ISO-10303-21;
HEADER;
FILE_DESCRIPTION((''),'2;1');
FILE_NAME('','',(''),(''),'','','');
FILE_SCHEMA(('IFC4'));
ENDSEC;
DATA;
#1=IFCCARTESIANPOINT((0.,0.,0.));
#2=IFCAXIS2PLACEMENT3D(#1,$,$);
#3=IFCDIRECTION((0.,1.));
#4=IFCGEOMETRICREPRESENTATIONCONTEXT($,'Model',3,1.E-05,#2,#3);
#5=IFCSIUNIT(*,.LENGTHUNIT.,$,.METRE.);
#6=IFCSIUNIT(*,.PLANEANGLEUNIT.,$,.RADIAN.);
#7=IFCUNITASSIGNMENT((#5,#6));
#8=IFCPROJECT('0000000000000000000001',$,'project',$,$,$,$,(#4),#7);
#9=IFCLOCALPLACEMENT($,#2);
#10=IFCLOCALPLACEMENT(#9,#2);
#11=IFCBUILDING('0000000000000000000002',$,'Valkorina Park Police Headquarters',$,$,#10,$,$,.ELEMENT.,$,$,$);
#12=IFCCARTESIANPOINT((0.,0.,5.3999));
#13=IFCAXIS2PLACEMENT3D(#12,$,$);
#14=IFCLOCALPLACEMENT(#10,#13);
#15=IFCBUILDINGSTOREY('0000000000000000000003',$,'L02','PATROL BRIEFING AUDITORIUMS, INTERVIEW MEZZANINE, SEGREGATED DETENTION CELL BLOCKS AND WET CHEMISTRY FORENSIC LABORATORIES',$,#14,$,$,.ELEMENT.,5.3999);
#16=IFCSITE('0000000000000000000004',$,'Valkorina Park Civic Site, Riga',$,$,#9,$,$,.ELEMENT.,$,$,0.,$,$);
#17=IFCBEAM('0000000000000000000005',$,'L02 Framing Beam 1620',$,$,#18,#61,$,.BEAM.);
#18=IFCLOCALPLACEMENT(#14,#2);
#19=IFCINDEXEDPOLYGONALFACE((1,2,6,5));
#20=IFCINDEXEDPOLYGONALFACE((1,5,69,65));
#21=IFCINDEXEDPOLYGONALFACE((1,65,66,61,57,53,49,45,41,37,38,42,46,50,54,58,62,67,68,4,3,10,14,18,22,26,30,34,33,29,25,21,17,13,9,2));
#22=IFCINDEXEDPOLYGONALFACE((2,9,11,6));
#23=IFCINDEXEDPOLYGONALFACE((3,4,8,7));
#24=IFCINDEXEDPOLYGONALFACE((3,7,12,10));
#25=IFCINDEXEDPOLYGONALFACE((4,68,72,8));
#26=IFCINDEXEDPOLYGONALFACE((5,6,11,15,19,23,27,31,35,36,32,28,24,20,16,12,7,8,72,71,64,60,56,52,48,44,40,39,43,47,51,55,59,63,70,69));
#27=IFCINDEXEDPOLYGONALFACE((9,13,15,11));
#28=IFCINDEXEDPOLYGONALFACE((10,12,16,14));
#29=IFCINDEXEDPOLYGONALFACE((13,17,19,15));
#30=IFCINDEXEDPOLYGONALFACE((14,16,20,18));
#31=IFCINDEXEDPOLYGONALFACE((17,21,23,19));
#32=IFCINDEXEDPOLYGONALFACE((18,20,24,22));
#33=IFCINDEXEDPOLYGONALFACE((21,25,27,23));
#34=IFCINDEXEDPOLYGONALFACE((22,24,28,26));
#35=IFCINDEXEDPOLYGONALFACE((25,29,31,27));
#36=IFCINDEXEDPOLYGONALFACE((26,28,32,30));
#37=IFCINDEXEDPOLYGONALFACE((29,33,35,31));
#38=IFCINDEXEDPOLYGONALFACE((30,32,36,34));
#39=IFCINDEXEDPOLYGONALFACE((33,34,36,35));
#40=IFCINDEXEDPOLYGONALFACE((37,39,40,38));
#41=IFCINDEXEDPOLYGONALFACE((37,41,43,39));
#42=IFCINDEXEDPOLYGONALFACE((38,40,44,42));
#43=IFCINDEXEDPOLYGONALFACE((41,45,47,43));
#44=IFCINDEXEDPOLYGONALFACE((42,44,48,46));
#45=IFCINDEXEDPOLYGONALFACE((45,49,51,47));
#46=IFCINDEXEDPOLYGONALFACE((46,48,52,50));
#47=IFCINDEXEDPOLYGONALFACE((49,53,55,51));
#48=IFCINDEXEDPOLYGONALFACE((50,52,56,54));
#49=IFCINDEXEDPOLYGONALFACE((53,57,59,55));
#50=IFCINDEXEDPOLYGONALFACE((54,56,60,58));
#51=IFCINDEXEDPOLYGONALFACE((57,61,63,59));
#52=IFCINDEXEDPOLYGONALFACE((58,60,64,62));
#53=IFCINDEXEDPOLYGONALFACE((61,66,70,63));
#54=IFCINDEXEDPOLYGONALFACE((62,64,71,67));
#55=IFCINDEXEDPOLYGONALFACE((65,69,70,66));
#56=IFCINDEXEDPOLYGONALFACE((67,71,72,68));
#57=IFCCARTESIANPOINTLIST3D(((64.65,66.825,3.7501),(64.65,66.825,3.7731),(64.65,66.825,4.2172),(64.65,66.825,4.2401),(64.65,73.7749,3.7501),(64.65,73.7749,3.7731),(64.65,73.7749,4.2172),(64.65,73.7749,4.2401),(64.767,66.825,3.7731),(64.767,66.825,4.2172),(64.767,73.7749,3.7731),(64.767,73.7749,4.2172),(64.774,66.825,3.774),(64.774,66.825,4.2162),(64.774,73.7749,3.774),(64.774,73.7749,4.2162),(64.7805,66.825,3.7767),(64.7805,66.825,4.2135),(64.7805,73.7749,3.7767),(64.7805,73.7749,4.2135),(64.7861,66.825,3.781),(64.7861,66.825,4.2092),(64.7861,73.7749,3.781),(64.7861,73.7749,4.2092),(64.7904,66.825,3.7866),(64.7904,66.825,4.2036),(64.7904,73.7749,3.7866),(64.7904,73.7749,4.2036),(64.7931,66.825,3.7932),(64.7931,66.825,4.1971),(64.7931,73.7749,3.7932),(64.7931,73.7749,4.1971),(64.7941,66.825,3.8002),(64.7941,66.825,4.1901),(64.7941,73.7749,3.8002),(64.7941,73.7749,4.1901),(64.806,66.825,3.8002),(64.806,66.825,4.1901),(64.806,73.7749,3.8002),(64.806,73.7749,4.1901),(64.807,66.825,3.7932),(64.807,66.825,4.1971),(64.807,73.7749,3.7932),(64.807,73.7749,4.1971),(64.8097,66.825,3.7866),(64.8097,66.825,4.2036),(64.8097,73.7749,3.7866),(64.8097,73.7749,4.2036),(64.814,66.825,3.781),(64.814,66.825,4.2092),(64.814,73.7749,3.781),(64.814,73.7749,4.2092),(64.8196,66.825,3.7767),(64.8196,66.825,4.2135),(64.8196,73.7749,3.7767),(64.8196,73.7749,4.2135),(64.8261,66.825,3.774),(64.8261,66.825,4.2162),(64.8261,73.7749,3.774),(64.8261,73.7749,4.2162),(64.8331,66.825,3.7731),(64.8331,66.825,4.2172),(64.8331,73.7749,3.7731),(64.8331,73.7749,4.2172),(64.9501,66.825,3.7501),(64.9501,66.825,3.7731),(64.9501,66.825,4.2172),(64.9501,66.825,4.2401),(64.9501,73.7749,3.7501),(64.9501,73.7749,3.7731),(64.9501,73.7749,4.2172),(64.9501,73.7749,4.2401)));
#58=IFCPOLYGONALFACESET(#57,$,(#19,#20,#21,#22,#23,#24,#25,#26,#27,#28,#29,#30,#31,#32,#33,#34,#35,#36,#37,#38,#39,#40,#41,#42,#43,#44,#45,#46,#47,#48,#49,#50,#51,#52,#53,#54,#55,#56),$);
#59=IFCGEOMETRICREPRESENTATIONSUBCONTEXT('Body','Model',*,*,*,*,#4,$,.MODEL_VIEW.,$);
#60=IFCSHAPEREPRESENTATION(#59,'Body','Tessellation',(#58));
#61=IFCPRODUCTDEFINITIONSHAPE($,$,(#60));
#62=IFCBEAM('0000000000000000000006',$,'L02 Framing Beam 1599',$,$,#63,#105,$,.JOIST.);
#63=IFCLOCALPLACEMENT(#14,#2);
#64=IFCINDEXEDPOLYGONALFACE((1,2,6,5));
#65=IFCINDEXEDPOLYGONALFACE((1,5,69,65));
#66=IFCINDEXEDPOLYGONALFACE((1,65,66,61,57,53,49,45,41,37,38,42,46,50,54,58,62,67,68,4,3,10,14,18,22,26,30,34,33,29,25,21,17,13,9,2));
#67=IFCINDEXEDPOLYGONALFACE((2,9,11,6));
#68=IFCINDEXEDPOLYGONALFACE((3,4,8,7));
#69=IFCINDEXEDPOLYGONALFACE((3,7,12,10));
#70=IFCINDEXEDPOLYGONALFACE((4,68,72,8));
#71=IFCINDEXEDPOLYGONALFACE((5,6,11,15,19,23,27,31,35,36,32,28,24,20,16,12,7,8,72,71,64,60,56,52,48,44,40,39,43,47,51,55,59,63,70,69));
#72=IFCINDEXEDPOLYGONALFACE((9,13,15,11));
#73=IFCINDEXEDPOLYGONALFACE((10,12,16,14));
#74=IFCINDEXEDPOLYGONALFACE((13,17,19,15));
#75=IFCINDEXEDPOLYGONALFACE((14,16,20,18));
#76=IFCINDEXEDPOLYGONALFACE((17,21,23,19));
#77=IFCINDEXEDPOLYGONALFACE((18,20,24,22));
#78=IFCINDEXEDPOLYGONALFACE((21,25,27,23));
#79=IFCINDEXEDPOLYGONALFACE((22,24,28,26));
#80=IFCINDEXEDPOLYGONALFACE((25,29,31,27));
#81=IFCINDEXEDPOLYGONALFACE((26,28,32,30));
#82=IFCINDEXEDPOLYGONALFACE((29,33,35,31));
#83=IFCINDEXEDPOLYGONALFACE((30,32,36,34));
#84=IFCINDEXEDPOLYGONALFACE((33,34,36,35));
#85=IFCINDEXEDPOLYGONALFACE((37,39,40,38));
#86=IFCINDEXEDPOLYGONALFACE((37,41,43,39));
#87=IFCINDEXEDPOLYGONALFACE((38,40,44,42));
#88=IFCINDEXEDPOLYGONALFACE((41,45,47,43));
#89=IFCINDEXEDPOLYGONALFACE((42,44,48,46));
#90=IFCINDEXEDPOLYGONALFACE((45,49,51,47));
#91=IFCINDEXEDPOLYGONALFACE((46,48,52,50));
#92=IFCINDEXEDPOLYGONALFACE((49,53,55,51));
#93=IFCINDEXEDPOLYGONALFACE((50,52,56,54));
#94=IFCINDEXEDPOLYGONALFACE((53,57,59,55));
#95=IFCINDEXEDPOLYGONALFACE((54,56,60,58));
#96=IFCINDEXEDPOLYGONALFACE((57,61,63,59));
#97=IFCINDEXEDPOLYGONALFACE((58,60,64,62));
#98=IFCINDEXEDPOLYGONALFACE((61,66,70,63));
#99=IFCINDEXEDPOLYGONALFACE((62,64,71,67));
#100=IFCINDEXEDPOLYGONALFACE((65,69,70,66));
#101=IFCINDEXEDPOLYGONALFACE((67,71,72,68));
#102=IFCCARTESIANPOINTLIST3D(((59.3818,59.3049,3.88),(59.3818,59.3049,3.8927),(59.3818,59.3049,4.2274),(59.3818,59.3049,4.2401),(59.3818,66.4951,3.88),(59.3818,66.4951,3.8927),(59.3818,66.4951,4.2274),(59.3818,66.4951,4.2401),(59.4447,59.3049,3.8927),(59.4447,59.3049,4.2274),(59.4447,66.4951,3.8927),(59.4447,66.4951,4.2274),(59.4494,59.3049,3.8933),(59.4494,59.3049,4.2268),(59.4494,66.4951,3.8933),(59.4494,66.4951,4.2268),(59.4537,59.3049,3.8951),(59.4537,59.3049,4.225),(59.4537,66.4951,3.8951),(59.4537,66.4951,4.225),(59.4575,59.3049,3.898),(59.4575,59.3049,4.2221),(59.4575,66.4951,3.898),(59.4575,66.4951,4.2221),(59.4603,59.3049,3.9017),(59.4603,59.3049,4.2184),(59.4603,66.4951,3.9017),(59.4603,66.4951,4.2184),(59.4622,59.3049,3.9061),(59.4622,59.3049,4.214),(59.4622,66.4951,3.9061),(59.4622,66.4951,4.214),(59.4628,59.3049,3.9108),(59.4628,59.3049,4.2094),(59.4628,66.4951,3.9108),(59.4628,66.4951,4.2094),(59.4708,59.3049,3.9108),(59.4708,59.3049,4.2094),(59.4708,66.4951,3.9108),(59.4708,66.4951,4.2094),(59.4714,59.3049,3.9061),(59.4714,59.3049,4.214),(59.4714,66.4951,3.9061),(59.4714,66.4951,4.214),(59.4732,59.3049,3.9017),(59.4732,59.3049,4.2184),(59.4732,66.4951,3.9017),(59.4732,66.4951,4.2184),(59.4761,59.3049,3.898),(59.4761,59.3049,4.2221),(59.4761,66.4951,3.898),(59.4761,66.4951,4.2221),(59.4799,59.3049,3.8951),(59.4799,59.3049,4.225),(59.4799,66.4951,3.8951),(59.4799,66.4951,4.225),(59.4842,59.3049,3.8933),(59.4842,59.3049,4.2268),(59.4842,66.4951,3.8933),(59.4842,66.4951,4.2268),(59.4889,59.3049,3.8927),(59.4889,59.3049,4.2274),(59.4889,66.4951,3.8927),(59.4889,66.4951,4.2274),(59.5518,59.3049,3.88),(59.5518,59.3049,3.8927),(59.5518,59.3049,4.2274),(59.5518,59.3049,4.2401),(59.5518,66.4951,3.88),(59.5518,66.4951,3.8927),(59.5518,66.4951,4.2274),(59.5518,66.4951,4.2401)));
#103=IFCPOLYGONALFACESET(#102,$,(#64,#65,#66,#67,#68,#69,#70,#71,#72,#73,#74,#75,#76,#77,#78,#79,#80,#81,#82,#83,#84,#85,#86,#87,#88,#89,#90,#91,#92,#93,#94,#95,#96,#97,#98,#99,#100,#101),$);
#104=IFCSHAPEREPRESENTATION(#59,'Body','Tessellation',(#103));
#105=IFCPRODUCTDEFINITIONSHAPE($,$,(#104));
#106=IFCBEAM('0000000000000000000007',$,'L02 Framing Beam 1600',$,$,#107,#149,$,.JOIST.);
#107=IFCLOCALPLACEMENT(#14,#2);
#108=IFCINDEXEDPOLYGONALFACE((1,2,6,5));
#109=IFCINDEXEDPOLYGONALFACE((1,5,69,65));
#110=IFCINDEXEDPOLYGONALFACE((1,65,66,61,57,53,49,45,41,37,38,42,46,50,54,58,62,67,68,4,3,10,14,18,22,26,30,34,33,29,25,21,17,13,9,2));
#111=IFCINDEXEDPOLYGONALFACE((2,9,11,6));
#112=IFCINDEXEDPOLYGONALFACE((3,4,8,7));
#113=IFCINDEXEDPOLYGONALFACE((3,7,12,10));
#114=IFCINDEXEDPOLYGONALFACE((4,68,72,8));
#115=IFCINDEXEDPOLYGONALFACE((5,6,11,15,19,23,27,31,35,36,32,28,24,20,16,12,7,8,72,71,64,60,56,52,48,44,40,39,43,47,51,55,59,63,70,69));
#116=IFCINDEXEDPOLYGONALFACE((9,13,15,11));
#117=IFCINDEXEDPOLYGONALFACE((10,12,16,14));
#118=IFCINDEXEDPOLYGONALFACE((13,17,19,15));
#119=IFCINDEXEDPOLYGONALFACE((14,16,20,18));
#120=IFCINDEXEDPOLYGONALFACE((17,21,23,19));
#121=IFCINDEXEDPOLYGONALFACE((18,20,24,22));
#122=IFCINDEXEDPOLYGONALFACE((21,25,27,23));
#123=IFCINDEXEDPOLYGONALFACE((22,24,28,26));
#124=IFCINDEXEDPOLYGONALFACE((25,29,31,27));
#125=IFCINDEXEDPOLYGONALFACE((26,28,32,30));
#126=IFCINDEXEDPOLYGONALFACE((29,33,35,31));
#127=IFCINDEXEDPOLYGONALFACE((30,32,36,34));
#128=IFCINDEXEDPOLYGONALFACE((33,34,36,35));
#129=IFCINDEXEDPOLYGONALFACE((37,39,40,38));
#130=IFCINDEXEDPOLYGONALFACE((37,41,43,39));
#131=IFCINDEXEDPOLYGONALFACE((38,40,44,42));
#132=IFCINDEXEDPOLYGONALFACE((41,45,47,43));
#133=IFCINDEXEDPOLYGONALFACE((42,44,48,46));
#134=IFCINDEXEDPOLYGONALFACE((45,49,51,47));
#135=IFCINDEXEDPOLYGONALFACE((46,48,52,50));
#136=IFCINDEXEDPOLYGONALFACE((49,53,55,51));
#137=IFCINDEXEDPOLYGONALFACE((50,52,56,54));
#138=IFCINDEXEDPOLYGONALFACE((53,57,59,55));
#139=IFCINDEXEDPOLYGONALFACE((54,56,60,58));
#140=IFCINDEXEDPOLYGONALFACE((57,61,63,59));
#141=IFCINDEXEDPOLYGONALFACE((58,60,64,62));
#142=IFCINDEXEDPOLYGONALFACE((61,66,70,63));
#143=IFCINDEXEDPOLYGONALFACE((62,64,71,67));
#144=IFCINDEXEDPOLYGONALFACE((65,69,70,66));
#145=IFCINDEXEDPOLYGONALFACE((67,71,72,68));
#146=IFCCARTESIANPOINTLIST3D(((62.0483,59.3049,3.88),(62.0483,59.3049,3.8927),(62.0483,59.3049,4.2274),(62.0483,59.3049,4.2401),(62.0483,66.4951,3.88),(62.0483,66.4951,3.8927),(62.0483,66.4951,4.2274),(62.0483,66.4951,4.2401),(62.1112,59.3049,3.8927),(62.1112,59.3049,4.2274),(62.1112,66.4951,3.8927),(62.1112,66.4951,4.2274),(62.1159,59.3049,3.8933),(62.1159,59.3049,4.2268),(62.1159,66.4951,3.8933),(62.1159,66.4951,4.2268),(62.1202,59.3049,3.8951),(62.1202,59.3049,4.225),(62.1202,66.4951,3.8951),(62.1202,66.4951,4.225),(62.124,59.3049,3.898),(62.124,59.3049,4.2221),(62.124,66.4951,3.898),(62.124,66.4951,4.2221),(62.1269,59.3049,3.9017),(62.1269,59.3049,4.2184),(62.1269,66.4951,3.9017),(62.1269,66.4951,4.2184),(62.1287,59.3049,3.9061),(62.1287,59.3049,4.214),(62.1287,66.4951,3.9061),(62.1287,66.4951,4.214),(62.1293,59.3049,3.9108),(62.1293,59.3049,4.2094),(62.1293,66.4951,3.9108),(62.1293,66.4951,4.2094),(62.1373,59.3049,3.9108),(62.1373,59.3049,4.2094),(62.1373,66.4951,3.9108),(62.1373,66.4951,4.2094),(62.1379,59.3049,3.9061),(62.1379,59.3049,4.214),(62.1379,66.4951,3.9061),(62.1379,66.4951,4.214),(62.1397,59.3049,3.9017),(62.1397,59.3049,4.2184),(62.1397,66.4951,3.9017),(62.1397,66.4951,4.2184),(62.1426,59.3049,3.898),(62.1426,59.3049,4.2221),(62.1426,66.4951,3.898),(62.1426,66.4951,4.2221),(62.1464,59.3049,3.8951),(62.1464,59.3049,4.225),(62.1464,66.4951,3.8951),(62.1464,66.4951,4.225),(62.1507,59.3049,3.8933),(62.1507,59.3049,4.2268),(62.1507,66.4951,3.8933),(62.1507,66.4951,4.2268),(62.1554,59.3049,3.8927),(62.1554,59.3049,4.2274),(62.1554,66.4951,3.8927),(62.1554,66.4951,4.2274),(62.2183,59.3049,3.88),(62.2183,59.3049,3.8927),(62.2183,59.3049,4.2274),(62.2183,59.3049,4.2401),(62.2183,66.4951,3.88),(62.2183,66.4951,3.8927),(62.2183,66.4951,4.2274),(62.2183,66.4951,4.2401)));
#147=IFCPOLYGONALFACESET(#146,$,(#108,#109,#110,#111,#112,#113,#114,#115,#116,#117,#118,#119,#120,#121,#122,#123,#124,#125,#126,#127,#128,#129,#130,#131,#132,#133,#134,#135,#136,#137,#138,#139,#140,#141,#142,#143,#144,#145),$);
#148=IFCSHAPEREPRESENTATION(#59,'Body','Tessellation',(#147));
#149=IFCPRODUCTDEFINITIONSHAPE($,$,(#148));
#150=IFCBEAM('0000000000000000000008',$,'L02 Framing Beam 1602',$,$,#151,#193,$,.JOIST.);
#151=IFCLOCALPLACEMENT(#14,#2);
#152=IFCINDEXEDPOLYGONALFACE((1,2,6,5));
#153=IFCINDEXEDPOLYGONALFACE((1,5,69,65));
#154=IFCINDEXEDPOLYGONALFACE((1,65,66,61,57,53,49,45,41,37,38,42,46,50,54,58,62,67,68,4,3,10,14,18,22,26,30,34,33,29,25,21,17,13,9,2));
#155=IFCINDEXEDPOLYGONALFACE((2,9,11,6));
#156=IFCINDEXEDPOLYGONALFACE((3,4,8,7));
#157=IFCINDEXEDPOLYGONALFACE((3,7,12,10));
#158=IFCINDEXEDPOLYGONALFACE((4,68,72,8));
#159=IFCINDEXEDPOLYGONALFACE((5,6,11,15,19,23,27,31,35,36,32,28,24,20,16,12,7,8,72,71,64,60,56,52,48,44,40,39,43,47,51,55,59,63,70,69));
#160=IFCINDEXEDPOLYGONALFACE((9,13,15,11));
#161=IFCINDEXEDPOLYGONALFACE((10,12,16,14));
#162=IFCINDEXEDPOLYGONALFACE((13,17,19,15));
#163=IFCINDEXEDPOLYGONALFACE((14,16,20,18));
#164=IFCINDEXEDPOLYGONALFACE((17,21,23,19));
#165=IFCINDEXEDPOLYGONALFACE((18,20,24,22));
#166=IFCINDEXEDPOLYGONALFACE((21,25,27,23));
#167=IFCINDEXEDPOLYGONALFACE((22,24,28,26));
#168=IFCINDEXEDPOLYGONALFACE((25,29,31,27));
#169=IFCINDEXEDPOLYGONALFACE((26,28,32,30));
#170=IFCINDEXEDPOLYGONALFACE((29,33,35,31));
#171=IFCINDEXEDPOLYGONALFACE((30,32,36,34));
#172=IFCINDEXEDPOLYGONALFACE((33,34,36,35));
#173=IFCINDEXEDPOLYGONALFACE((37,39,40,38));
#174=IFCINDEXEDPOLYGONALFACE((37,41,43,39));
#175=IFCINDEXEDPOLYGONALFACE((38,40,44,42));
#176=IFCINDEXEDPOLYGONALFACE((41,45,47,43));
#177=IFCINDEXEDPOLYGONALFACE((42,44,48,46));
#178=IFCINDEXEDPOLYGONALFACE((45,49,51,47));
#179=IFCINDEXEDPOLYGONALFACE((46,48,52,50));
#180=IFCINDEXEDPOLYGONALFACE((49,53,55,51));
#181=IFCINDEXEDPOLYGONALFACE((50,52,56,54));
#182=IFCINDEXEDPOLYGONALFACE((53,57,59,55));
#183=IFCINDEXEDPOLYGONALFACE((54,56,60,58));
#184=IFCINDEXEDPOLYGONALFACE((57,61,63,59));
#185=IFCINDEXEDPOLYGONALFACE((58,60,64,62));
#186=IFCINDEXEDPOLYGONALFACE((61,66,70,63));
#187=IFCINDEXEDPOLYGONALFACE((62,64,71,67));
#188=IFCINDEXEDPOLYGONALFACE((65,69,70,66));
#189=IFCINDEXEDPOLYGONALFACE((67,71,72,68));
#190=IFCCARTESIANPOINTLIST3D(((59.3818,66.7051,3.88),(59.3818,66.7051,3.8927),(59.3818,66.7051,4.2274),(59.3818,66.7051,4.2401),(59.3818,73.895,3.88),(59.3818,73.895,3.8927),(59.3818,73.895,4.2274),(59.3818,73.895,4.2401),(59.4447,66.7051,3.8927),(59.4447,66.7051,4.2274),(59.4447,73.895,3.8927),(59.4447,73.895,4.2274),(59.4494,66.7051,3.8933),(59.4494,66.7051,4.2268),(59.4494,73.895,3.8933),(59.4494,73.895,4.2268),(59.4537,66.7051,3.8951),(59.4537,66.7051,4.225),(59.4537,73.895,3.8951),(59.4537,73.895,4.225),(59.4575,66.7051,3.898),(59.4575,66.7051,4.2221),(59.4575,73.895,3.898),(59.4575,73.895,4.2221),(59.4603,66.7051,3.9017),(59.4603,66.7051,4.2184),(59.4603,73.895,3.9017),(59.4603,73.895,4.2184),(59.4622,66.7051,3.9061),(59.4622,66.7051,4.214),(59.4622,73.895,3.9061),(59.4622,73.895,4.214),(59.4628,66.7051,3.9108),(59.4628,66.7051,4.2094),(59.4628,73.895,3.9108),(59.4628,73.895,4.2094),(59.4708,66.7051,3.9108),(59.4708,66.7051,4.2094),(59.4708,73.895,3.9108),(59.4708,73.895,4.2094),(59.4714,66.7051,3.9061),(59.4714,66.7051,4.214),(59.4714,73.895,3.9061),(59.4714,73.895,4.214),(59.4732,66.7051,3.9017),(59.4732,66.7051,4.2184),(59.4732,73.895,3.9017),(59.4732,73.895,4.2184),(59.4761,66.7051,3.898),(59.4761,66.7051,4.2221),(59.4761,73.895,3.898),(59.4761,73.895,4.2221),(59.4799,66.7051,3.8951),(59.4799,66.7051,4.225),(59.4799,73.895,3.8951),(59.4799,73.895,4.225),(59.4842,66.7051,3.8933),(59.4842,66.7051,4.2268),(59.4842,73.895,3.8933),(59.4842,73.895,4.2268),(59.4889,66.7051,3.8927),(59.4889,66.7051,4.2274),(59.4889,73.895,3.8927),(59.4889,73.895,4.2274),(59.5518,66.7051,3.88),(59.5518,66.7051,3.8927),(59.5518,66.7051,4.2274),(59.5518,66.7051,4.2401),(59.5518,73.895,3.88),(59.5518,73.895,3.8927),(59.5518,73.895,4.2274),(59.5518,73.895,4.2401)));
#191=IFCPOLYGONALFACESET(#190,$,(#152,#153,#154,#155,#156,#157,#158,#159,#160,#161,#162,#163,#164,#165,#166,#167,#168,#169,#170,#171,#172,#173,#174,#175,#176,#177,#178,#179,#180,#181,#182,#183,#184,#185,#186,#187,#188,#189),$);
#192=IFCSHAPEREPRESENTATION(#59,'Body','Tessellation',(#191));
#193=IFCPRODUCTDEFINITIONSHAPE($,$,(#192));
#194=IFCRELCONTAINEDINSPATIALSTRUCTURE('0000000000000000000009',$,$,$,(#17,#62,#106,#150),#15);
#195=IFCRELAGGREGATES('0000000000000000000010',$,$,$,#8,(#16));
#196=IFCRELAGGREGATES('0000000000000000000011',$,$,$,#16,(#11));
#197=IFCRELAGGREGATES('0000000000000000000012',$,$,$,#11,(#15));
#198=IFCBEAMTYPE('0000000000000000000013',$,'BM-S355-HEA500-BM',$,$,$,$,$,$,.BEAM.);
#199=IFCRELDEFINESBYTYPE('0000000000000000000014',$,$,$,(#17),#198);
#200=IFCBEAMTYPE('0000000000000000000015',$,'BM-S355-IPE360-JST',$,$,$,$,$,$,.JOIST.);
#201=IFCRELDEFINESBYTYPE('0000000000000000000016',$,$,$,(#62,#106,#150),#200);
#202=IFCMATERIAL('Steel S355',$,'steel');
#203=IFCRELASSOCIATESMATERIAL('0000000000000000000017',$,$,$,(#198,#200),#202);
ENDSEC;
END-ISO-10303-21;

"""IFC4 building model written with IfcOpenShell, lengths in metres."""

from ifc_helpers import new_model, si_unit, direction, frame, origin, origin_2d, place, context, subcontext, project, spatial, i_section, extrude, material, material_profile, profile_set, type_object, element, save


model = new_model("IFC4")

# Units and contexts
model_context = context("Model", 3, precision=1e-05, world=origin(), true_north=direction((0.0, 1.0)))
body_context = subcontext(model_context, "Body", "Model", "MODEL_VIEW")
ifc_project = project(units=[si_unit("LENGTHUNIT", "METRE"), si_unit("PLANEANGLEUNIT", "RADIAN")], contexts=[model_context])

# Site, building, storey
site_placement = place(None, origin())
site = spatial("IfcSite", under=ifc_project, at=site_placement, Name="Valkorina Park Civic Site, Riga", CompositionType="ELEMENT", RefElevation=0.0)
building_placement = place(site_placement, origin())
building = spatial("IfcBuilding", under=site, at=building_placement, Name="Valkorina Park Police Headquarters", CompositionType="ELEMENT")
storey_placement = place(building_placement, frame((0.0, 0.0, 5.3999)))
storey = spatial("IfcBuildingStorey", under=building, at=storey_placement, Name="L02", Description="PATROL BRIEFING AUDITORIUMS, INTERVIEW MEZZANINE, SEGREGATED DETENTION CELL BLOCKS AND WET CHEMISTRY FORENSIC LABORATORIES", CompositionType="ELEMENT", Elevation=5.3999)

# Shared definitions
ifc_material_1 = material(Name="Steel S355", Category="steel")

# Beams
ifc_material_profile_1 = material_profile(ifc_material_1, i_section(OverallWidth=0.3, OverallDepth=0.49, WebThickness=0.012, FlangeThickness=0.0229, FilletRadius=0.0271, at=origin_2d()), Name="HEA 500")
ifc_profile_set_1 = profile_set([ifc_material_profile_1], Name="Steel S355")
beam_type_1 = type_object("IfcBeamType", Name="BM-S355-HEA500-BM", PredefinedType="BEAM", material=ifc_profile_set_1)
beam_1_placement = place(storey_placement, frame((64.8, 66.825, 3.9951), z_axis=(0.0, 1.0, 0.0), x_axis=(-1.0, 0.0, 0.0)))
element("IfcBeam", 1, at=beam_1_placement, inside=storey, type_object=beam_type_1, Name="L02 Framing Beam 1620", PredefinedType="BEAM", context=body_context, shape_type="SweptSolid", body=[
    extrude(i_section(OverallWidth=0.3, OverallDepth=0.49, WebThickness=0.012, FlangeThickness=0.0229, FilletRadius=0.0271, at=origin_2d()), origin(), (0.0, 0.0, 1.0), 6.95),
])
ifc_material_profile_2 = material_profile(ifc_material_1, i_section(OverallWidth=0.1699, OverallDepth=0.3601, WebThickness=0.0081, FlangeThickness=0.0127, FilletRadius=0.0181, at=origin_2d()), Name="IPE 360")
ifc_profile_set_2 = profile_set([ifc_material_profile_2], Name="Steel S355")
beam_type_2 = type_object("IfcBeamType", Name="BM-S355-IPE360-JST", PredefinedType="JOIST", material=ifc_profile_set_2)
for number, where, z_axis, x_axis, name in (
    (2, (59.4668, 59.3049, 4.0601), (0.0, 1.0, 0.0), (-1.0, 0.0, 0.0), "L02 Framing Beam 1599"),
    (3, (62.1333, 59.3049, 4.0601), (0.0, 1.0, 0.0), (-1.0, 0.0, 0.0), "L02 Framing Beam 1600"),
):
    element("IfcBeam", number, at=place(storey_placement, frame(where, z_axis=z_axis, x_axis=x_axis)), inside=storey, type_object=beam_type_2, Name=name, PredefinedType="JOIST", context=body_context, shape_type="SweptSolid", body=[
        extrude(i_section(OverallWidth=0.1699, OverallDepth=0.3601, WebThickness=0.0081, FlangeThickness=0.0127, FilletRadius=0.0181, at=origin_2d()), origin(), (0.0, 0.0, 1.0), 7.1902),
    ])
for number, where, z_axis, x_axis, name in (
    (4, (59.4668, 66.7051, 4.0601), (0.0, 1.0, 0.0), (-1.0, 0.0, 0.0), "L02 Framing Beam 1602"),
):
    element("IfcBeam", number, at=place(storey_placement, frame(where, z_axis=z_axis, x_axis=x_axis)), inside=storey, type_object=beam_type_2, Name=name, PredefinedType="JOIST", context=body_context, shape_type="SweptSolid", body=[
        extrude(i_section(OverallWidth=0.1699, OverallDepth=0.3601, WebThickness=0.0081, FlangeThickness=0.0127, FilletRadius=0.0181, at=origin_2d()), origin(), (0.0, 0.0, 1.0), 7.1899),
    ])

save(model, "model.ifc")
